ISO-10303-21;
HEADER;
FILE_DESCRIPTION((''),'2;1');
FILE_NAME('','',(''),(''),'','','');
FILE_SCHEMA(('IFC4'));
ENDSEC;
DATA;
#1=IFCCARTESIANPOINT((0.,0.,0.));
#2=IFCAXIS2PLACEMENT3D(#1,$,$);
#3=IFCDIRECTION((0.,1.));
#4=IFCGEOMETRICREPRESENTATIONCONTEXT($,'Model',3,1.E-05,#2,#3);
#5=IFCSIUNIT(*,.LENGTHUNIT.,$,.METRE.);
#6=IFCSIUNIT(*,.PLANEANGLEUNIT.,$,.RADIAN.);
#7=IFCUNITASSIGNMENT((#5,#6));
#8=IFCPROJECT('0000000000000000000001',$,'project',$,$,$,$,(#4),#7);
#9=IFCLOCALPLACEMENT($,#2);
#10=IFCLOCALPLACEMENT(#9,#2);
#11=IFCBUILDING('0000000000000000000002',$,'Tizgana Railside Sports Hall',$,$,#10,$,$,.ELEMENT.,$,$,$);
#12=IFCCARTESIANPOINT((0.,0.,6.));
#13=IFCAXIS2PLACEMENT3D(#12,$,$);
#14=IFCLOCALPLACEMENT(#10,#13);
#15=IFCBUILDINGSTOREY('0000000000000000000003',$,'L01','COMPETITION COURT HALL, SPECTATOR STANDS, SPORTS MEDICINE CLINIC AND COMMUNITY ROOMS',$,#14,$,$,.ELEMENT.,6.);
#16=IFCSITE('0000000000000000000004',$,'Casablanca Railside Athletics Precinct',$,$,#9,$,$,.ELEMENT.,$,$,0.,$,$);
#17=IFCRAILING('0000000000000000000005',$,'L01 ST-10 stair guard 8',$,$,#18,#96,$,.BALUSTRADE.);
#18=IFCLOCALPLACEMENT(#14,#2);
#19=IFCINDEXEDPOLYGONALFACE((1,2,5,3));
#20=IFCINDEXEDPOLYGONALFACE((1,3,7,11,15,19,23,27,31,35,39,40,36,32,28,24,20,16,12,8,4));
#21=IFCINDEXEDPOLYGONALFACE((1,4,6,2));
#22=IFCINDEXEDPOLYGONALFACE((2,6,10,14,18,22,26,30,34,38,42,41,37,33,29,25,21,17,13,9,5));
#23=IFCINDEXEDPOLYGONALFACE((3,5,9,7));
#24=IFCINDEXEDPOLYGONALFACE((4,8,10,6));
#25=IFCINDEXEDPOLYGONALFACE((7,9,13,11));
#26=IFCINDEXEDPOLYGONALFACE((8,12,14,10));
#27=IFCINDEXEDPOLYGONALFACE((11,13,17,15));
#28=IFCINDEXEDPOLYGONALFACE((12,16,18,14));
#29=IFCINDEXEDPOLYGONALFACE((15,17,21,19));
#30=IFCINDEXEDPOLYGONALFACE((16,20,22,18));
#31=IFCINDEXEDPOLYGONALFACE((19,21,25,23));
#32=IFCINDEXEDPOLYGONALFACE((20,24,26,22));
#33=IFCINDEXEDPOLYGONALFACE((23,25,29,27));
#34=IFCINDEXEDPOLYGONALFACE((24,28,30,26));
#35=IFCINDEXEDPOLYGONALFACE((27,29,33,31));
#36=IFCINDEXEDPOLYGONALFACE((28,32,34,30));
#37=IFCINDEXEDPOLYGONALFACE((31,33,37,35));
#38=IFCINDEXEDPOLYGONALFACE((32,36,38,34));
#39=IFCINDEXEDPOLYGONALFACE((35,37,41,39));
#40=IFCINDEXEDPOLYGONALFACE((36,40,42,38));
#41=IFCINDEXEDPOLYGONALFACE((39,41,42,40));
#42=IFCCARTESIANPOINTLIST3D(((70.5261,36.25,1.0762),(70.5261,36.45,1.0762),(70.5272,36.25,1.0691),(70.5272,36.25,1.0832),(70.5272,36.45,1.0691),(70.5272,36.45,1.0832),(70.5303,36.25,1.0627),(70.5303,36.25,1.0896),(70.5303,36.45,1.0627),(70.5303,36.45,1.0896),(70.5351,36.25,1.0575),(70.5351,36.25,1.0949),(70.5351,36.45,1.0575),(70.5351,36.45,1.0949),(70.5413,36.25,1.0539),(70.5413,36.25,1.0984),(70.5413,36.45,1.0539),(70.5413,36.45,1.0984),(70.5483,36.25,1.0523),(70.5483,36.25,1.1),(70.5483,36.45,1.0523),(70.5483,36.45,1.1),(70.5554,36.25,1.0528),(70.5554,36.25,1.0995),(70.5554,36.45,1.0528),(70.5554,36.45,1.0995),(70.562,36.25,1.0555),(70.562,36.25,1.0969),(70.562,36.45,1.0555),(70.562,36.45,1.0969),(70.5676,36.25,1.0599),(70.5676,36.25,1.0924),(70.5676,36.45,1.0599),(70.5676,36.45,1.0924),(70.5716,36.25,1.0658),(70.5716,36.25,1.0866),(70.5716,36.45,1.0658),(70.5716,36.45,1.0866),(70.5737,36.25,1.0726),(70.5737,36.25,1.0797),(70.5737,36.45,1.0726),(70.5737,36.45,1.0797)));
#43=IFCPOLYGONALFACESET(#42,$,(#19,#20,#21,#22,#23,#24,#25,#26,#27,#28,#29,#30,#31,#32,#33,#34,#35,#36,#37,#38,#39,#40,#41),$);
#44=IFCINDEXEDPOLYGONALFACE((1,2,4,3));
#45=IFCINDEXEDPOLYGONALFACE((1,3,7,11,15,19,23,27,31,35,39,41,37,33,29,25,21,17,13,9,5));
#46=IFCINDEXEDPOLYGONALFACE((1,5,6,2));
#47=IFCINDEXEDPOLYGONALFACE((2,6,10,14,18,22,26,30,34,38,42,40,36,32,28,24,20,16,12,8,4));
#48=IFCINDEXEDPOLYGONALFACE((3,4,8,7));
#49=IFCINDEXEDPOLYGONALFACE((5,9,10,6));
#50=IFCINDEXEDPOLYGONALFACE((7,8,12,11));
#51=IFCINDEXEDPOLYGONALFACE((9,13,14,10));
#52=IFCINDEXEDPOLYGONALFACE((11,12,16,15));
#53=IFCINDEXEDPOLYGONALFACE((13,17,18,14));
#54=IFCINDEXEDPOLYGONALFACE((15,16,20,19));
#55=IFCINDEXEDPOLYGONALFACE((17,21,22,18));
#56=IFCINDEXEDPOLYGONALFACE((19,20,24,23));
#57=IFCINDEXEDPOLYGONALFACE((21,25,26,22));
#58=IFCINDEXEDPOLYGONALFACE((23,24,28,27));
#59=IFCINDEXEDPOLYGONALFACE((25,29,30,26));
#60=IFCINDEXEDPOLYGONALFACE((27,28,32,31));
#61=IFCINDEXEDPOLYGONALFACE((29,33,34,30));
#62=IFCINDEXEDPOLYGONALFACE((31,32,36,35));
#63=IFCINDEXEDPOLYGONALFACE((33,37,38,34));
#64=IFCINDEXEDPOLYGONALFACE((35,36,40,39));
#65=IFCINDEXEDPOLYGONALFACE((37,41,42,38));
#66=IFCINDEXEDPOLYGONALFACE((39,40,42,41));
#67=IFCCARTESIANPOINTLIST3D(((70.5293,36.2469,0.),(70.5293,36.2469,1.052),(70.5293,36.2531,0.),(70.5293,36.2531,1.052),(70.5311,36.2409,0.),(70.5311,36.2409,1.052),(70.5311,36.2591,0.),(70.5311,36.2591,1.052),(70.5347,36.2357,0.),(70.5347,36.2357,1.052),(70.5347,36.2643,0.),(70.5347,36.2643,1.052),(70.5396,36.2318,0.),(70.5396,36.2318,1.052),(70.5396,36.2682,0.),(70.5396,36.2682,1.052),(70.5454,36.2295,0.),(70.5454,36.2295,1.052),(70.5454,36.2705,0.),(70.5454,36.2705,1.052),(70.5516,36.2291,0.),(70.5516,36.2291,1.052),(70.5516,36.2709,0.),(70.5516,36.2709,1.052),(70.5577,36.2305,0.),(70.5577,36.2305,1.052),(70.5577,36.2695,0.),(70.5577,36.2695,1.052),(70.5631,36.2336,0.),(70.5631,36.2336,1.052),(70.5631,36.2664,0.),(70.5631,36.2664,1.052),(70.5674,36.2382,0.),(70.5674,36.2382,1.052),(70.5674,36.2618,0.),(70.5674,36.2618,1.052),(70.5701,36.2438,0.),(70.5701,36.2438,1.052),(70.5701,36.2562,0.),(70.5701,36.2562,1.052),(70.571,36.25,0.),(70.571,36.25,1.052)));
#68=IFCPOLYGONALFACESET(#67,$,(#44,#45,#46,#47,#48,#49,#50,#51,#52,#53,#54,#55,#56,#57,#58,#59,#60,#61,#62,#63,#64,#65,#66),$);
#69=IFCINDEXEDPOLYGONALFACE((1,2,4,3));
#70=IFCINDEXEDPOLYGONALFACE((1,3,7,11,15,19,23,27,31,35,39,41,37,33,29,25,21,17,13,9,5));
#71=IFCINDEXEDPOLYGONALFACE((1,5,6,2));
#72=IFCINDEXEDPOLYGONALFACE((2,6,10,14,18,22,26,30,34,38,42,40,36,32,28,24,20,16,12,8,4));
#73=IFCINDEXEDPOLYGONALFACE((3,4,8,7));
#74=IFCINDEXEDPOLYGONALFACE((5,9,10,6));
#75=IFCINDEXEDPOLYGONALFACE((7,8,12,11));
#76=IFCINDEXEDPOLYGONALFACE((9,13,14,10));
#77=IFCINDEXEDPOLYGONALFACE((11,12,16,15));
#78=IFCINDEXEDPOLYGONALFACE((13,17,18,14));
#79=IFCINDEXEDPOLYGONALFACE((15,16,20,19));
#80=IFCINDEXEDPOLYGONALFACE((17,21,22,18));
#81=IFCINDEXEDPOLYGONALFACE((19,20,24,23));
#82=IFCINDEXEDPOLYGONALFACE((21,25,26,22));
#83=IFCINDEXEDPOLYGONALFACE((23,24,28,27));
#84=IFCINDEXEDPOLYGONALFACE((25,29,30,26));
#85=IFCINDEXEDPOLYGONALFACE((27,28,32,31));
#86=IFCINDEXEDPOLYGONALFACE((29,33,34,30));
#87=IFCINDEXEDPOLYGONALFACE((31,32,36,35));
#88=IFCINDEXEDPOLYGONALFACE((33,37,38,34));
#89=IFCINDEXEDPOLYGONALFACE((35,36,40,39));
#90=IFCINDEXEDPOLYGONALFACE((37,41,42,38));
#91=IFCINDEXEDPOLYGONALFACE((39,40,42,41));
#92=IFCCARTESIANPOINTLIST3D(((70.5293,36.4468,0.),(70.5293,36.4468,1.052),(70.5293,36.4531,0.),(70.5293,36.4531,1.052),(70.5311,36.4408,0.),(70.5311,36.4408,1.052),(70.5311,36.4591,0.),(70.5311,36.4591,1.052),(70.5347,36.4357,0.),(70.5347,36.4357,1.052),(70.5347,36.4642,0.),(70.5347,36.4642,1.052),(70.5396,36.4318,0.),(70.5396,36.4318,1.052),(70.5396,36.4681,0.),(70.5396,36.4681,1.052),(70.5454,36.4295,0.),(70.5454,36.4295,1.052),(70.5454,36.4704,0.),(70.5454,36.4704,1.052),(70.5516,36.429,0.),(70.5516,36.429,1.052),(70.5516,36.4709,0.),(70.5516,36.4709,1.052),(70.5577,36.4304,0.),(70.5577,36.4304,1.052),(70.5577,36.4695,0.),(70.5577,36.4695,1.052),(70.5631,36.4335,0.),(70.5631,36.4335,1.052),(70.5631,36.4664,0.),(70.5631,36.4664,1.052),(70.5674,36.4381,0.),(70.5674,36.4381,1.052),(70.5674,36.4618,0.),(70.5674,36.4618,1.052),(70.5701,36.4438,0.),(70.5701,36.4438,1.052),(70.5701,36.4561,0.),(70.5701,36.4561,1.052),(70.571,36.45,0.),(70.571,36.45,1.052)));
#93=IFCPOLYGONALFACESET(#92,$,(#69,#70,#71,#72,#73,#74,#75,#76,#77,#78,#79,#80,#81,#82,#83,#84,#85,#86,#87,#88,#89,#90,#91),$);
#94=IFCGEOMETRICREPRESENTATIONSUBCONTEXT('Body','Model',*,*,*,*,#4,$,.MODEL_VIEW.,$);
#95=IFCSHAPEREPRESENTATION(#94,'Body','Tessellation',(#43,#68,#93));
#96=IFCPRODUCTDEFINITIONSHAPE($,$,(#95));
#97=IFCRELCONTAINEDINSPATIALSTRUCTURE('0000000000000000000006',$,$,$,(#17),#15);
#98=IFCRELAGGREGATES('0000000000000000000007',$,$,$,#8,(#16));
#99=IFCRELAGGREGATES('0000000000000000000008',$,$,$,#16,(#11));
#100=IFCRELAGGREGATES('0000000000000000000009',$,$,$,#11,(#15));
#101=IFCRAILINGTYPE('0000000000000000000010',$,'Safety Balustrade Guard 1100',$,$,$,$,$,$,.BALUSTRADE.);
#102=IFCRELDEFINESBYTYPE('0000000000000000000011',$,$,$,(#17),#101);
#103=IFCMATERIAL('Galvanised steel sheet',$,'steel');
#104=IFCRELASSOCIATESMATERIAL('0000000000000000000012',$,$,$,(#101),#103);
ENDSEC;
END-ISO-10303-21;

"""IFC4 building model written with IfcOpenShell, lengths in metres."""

from ifc_helpers import new_model, si_unit, direction, frame, origin, origin_2d, place, context, subcontext, project, spatial, circle, extrude, material, type_object, element, save


model = new_model("IFC4")

# Units and contexts
model_context = context("Model", 3, precision=1e-05, world=origin(), true_north=direction((0.0, 1.0)))
body_context = subcontext(model_context, "Body", "Model", "MODEL_VIEW")
ifc_project = project(units=[si_unit("LENGTHUNIT", "METRE"), si_unit("PLANEANGLEUNIT", "RADIAN")], contexts=[model_context])

# Site, building, storey
site_placement = place(None, origin())
site = spatial("IfcSite", under=ifc_project, at=site_placement, Name="Casablanca Railside Athletics Precinct", CompositionType="ELEMENT", RefElevation=0.0)
building_placement = place(site_placement, origin())
building = spatial("IfcBuilding", under=site, at=building_placement, Name="Tizgana Railside Sports Hall", CompositionType="ELEMENT")
storey_placement = place(building_placement, frame((0.0, 0.0, 6.0)))
storey = spatial("IfcBuildingStorey", under=building, at=storey_placement, Name="L01", Description="COMPETITION COURT HALL, SPECTATOR STANDS, SPORTS MEDICINE CLINIC AND COMMUNITY ROOMS", CompositionType="ELEMENT", Elevation=6.0)

# Railing
ifc_material_1 = material(Name="Galvanised steel sheet", Category="steel")
railing_type_1 = type_object("IfcRailingType", Name="Safety Balustrade Guard 1100", PredefinedType="BALUSTRADE", material=ifc_material_1)
railing_1_placement = place(storey_placement, frame((70.55, 36.25, 0.0)))
element("IfcRailing", 1, at=railing_1_placement, inside=storey, type_object=railing_type_1, Name="L01 ST-10 stair guard 8", PredefinedType="BALUSTRADE", context=body_context, shape_type="SweptSolid", body=[
    extrude(circle(Radius=0.0239, at=origin_2d()), frame((0.0, 0.0, 1.0762), z_axis=(0.0, 1.0, 0.0), x_axis=(-1.0, 0.0, 0.0)), (0.0, 0.0, 1.0), 0.2),
    extrude(circle(Radius=0.021, at=origin_2d()), origin(), (0.0, 0.0, 1.0), 1.052),
    extrude(circle(Radius=0.021, at=origin_2d()), frame((0.0, 0.2, 0.0)), (0.0, 0.0, 1.0), 1.052),
])

save(model, "model.ifc")
